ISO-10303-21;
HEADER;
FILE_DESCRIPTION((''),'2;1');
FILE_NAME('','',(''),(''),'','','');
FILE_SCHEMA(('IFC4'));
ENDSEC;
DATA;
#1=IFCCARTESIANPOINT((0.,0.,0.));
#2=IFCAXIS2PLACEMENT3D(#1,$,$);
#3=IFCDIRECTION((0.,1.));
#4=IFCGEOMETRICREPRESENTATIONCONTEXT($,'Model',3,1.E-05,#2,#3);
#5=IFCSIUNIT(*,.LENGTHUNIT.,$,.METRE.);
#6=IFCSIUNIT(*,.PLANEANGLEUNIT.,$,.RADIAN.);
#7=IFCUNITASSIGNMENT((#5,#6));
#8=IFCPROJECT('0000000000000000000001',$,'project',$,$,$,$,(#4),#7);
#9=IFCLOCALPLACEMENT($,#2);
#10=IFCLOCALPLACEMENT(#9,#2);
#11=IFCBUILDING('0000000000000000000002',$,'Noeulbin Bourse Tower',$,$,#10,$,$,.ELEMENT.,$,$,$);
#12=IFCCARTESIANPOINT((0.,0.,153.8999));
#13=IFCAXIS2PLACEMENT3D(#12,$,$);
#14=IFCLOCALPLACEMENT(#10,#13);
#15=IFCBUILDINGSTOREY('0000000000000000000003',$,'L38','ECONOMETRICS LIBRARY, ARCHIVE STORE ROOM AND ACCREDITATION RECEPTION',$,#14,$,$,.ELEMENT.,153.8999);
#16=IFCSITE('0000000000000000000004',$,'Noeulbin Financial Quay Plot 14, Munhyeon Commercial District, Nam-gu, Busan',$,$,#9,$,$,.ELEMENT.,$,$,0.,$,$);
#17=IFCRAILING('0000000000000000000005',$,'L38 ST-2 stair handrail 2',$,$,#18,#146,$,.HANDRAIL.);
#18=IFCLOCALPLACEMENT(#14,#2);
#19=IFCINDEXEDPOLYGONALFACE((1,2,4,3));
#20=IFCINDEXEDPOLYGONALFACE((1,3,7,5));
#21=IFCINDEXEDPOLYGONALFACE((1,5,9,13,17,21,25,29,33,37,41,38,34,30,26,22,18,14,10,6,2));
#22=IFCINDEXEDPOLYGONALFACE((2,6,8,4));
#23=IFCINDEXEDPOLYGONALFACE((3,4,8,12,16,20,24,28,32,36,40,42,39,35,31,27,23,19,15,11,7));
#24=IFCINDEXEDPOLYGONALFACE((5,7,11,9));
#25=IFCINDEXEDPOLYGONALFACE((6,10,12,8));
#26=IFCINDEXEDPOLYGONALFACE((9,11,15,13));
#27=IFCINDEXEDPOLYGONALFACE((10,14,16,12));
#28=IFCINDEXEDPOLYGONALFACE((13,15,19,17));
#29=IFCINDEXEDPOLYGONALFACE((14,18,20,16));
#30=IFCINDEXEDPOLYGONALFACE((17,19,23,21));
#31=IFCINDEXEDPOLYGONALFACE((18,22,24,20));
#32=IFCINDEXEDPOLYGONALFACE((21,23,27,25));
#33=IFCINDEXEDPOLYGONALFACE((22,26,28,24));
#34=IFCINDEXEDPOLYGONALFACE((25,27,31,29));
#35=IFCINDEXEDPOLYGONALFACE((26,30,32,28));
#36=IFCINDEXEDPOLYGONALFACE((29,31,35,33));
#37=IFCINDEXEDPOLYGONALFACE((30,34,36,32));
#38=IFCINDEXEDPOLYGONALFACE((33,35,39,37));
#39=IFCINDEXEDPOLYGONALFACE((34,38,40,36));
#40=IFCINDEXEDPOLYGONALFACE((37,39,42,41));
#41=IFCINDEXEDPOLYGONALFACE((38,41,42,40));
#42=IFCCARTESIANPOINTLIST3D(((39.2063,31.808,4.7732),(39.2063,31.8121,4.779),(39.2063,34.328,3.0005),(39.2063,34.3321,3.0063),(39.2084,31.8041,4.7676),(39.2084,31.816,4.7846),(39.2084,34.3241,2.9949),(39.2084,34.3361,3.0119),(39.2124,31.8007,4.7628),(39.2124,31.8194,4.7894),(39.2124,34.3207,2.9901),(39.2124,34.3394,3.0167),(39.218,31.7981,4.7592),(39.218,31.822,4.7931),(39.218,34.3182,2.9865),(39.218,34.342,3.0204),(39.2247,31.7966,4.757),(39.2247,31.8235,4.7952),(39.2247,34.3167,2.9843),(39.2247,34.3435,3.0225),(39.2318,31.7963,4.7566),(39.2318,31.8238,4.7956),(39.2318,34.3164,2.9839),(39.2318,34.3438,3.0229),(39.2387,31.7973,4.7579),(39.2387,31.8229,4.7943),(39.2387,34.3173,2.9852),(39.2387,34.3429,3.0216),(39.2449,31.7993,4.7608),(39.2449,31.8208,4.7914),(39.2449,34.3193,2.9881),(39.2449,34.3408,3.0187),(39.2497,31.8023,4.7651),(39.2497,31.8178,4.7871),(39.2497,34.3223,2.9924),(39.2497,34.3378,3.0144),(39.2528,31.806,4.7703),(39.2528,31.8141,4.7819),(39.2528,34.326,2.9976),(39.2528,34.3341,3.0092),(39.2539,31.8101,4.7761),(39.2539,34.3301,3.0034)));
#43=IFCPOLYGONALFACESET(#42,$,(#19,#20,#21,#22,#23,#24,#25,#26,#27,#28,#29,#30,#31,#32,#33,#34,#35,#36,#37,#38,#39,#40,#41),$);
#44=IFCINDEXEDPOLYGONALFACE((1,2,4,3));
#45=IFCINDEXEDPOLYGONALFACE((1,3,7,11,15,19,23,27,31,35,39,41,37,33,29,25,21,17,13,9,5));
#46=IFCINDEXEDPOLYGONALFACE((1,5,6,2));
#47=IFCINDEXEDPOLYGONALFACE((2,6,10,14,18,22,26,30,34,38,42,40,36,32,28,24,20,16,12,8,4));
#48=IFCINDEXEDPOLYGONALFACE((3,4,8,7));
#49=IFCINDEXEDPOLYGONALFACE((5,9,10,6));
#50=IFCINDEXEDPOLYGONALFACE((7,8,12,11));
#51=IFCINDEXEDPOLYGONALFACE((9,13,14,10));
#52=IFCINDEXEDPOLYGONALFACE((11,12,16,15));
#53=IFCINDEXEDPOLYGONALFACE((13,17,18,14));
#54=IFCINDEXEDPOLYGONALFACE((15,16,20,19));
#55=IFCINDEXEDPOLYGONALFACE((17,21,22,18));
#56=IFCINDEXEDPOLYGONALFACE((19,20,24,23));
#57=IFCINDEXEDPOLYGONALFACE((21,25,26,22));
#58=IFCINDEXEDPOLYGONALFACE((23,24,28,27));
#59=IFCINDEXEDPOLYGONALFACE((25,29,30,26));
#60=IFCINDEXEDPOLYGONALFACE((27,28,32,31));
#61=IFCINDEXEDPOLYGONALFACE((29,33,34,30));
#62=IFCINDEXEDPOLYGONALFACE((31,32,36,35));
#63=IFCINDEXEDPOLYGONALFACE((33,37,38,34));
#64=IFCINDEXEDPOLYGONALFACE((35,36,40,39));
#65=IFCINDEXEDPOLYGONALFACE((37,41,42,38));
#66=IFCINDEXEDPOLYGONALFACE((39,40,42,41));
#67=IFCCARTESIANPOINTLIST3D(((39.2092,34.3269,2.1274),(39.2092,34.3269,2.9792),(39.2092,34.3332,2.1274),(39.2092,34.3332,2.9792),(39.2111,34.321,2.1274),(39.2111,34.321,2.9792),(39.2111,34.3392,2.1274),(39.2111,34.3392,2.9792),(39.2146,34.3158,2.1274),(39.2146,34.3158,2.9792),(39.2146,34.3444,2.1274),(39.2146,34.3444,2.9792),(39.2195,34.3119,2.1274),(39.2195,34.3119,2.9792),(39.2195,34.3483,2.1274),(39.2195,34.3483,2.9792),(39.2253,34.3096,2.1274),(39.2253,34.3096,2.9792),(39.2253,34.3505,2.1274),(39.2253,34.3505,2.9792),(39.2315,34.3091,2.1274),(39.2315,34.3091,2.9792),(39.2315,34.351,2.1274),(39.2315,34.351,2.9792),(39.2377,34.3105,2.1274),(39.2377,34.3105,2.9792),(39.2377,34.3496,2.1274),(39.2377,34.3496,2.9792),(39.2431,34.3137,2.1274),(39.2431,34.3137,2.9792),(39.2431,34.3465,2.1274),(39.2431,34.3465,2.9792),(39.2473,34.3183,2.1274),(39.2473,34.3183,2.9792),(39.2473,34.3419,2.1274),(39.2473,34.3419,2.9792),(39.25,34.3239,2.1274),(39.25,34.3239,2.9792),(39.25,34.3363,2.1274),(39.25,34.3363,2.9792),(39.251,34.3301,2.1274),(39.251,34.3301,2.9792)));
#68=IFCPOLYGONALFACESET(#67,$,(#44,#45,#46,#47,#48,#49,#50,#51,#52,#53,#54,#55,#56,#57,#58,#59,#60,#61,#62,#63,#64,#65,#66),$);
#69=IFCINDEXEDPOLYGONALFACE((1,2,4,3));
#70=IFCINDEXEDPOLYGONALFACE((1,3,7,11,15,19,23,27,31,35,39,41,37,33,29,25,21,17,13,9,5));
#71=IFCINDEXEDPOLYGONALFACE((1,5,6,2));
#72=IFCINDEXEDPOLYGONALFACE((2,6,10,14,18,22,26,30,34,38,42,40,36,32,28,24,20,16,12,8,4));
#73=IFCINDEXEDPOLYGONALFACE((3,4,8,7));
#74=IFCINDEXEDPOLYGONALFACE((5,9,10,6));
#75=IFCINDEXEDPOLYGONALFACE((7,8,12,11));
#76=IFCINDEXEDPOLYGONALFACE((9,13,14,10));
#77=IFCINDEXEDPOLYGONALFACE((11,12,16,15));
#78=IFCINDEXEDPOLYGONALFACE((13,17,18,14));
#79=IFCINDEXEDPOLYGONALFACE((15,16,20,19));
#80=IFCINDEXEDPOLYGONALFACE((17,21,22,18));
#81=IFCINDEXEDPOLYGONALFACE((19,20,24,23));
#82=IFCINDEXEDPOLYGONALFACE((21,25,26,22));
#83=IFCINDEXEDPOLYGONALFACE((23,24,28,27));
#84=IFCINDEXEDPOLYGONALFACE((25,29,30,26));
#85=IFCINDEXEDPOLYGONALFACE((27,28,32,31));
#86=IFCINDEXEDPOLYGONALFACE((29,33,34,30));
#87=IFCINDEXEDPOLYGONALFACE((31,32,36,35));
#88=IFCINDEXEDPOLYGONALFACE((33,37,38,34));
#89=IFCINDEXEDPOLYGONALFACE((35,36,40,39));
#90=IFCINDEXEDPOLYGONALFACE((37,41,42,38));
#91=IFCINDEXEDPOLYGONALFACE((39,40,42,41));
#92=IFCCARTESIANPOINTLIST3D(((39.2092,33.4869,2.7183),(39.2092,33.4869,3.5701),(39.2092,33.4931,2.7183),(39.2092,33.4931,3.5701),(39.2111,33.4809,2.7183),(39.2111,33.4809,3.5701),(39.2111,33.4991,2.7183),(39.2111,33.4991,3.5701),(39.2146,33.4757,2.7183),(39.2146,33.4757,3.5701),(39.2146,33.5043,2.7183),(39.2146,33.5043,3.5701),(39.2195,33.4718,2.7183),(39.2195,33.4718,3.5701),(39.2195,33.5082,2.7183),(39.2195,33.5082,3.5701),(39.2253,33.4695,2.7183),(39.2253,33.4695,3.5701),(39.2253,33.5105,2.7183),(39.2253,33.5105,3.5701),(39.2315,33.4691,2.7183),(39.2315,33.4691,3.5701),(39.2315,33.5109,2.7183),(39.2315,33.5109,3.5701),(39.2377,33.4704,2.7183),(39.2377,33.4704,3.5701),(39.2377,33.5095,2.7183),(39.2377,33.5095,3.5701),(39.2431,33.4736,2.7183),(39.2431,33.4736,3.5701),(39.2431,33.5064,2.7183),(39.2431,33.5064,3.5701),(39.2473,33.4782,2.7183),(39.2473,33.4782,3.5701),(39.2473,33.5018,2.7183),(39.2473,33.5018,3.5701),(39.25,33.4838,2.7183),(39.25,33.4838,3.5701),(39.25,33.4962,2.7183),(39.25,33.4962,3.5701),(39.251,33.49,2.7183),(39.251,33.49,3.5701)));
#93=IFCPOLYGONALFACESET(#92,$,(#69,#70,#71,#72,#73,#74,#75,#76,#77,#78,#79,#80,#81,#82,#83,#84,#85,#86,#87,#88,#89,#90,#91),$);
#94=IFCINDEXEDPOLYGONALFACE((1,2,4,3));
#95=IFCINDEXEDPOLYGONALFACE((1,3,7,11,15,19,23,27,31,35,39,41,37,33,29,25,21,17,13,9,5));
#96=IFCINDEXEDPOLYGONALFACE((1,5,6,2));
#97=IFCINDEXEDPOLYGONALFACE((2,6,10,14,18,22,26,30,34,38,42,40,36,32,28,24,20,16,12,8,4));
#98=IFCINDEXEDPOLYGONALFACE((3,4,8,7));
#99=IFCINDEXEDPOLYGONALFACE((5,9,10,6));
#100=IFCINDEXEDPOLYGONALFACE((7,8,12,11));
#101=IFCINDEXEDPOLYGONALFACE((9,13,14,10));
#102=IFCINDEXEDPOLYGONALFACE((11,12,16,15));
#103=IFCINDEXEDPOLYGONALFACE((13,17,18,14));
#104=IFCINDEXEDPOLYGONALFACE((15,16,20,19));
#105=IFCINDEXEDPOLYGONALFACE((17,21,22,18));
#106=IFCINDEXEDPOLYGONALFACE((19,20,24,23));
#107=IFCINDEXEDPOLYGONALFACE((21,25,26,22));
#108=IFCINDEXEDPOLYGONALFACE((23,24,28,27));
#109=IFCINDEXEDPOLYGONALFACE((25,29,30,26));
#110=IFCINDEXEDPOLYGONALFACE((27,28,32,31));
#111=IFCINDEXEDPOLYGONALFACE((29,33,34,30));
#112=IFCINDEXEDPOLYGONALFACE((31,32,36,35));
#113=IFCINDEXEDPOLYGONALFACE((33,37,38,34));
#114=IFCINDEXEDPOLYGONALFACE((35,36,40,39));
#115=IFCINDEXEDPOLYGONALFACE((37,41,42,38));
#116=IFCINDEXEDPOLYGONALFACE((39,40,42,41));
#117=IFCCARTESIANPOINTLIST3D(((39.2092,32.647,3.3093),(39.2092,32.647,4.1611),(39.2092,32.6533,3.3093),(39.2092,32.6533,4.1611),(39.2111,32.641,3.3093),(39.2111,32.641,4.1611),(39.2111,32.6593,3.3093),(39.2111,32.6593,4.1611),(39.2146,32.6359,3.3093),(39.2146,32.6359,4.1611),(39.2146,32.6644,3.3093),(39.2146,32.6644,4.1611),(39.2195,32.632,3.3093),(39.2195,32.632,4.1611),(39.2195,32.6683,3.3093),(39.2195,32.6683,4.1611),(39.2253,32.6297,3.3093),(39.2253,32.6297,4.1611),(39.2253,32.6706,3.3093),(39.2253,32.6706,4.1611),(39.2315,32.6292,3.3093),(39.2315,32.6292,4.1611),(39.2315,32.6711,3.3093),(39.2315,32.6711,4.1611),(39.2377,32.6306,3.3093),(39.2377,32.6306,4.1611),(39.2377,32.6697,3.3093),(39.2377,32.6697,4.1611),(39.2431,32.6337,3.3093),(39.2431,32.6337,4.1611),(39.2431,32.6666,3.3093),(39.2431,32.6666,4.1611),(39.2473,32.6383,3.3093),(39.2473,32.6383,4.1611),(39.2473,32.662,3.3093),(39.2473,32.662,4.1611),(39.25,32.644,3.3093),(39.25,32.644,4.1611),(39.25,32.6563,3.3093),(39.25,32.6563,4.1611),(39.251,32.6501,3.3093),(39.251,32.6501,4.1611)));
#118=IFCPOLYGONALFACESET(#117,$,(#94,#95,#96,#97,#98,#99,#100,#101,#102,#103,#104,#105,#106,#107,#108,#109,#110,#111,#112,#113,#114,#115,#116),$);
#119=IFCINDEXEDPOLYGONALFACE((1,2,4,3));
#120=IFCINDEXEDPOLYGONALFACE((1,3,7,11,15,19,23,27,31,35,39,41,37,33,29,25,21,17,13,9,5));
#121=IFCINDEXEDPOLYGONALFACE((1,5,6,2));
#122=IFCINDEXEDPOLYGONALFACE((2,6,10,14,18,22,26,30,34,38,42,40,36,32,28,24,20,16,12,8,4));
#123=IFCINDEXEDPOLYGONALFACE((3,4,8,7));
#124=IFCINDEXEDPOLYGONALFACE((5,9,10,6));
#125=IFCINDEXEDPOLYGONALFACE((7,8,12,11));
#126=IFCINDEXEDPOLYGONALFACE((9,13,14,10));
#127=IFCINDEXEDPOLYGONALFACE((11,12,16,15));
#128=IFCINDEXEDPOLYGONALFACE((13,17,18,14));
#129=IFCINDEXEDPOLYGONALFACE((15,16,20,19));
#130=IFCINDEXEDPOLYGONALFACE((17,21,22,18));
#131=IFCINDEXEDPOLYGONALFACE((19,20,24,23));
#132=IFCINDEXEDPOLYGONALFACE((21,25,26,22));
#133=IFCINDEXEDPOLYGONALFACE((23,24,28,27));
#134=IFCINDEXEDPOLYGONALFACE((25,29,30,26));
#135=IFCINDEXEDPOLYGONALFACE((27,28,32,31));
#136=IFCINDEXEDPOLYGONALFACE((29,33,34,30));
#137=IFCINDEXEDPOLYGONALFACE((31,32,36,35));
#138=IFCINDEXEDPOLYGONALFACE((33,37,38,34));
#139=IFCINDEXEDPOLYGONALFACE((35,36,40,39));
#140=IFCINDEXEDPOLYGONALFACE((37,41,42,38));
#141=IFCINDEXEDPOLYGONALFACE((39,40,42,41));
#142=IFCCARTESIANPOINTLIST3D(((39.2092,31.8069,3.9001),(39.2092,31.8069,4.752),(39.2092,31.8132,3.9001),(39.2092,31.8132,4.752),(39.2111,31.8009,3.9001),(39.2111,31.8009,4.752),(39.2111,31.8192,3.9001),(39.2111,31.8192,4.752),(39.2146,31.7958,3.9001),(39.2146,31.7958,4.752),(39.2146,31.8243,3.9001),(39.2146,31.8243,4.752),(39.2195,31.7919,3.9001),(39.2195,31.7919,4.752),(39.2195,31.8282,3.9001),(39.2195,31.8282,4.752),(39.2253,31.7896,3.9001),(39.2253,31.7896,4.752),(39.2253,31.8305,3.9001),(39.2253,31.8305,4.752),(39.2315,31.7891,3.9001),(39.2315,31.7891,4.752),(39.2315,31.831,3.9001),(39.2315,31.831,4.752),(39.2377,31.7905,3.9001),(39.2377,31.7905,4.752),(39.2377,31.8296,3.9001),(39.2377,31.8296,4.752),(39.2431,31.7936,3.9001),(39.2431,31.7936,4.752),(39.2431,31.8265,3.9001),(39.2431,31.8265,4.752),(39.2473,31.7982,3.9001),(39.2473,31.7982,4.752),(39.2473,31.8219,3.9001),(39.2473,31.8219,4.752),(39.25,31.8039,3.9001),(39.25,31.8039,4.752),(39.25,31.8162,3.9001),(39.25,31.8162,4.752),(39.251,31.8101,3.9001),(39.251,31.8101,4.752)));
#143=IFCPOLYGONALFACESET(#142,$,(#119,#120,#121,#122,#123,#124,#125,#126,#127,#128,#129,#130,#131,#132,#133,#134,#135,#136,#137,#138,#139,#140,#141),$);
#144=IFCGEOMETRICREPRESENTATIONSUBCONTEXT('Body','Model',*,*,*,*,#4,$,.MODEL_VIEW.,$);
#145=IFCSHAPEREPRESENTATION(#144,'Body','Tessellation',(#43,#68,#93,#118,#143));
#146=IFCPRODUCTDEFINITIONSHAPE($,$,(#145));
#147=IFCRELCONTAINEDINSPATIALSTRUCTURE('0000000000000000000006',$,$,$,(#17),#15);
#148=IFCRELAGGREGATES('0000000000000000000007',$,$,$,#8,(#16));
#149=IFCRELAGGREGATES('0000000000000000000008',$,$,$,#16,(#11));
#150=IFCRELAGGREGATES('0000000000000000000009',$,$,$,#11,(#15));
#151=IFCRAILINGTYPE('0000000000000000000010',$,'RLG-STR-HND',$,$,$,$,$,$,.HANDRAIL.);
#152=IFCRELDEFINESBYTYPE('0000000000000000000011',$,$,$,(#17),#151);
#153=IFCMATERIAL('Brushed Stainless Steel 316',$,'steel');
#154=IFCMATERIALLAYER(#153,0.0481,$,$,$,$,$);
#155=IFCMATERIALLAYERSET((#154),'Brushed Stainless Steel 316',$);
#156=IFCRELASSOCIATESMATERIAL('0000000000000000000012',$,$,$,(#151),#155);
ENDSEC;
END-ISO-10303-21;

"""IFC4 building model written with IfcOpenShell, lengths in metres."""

from ifc_helpers import new_model, si_unit, direction, frame, origin, origin_2d, place, context, subcontext, project, spatial, circle, extrude, material, layer, layer_set, type_object, element, save


model = new_model("IFC4")

# Units and contexts
model_context = context("Model", 3, precision=1e-05, world=origin(), true_north=direction((0.0, 1.0)))
body_context = subcontext(model_context, "Body", "Model", "MODEL_VIEW")
ifc_project = project(units=[si_unit("LENGTHUNIT", "METRE"), si_unit("PLANEANGLEUNIT", "RADIAN")], contexts=[model_context])

# Site, building, storey
site_placement = place(None, origin())
site = spatial("IfcSite", under=ifc_project, at=site_placement, Name="Noeulbin Financial Quay Plot 14, Munhyeon Commercial District, Nam-gu, Busan", CompositionType="ELEMENT", RefElevation=0.0)
building_placement = place(site_placement, origin())
building = spatial("IfcBuilding", under=site, at=building_placement, Name="Noeulbin Bourse Tower", CompositionType="ELEMENT")
storey_placement = place(building_placement, frame((0.0, 0.0, 153.8999)))
storey = spatial("IfcBuildingStorey", under=building, at=storey_placement, Name="L38", Description="ECONOMETRICS LIBRARY, ARCHIVE STORE ROOM AND ACCREDITATION RECEPTION", CompositionType="ELEMENT", Elevation=153.8999)

# Shared definitions
ifc_material_1 = material(Name="Brushed Stainless Steel 316", Category="steel")

# Railing
ifc_layer_1 = layer(ifc_material_1, 0.0481)
ifc_layer_set_1 = layer_set([ifc_layer_1], Name="Brushed Stainless Steel 316")
railing_type = type_object("IfcRailingType", Name="RLG-STR-HND", PredefinedType="HANDRAIL", material=ifc_layer_set_1)
railing_placement = place(storey_placement, frame((39.23, 34.3301, 2.1274)))
element("IfcRailing", 1, at=railing_placement, inside=storey, type_object=railing_type, Name="L38 ST-2 stair handrail 2", PredefinedType="HANDRAIL", context=body_context, shape_type="SweptSolid", body=[
    extrude(circle(Radius=0.0239, at=origin_2d()), frame((0.0, 0.0, 0.876), z_axis=(0.0, -0.817904, 0.575354), x_axis=(1.0, 0.0, 0.0)), (0.0, 0.0, 1.0), 3.0811),
    extrude(circle(Radius=0.021, at=origin_2d()), origin(), (0.0, 0.0, 1.0), 0.8518),
    extrude(circle(Radius=0.021, at=origin_2d()), frame((0.0, -0.8401, 0.5908)), (0.0, 0.0, 1.0), 0.8518),
    extrude(circle(Radius=0.021, at=origin_2d()), frame((0.0, -1.6799, 1.1819)), (0.0, 0.0, 1.0), 0.8518),
    extrude(circle(Radius=0.021, at=origin_2d()), frame((0.0, -2.52, 1.7727)), (0.0, 0.0, 1.0), 0.8518),
])

save(model, "model.ifc")
